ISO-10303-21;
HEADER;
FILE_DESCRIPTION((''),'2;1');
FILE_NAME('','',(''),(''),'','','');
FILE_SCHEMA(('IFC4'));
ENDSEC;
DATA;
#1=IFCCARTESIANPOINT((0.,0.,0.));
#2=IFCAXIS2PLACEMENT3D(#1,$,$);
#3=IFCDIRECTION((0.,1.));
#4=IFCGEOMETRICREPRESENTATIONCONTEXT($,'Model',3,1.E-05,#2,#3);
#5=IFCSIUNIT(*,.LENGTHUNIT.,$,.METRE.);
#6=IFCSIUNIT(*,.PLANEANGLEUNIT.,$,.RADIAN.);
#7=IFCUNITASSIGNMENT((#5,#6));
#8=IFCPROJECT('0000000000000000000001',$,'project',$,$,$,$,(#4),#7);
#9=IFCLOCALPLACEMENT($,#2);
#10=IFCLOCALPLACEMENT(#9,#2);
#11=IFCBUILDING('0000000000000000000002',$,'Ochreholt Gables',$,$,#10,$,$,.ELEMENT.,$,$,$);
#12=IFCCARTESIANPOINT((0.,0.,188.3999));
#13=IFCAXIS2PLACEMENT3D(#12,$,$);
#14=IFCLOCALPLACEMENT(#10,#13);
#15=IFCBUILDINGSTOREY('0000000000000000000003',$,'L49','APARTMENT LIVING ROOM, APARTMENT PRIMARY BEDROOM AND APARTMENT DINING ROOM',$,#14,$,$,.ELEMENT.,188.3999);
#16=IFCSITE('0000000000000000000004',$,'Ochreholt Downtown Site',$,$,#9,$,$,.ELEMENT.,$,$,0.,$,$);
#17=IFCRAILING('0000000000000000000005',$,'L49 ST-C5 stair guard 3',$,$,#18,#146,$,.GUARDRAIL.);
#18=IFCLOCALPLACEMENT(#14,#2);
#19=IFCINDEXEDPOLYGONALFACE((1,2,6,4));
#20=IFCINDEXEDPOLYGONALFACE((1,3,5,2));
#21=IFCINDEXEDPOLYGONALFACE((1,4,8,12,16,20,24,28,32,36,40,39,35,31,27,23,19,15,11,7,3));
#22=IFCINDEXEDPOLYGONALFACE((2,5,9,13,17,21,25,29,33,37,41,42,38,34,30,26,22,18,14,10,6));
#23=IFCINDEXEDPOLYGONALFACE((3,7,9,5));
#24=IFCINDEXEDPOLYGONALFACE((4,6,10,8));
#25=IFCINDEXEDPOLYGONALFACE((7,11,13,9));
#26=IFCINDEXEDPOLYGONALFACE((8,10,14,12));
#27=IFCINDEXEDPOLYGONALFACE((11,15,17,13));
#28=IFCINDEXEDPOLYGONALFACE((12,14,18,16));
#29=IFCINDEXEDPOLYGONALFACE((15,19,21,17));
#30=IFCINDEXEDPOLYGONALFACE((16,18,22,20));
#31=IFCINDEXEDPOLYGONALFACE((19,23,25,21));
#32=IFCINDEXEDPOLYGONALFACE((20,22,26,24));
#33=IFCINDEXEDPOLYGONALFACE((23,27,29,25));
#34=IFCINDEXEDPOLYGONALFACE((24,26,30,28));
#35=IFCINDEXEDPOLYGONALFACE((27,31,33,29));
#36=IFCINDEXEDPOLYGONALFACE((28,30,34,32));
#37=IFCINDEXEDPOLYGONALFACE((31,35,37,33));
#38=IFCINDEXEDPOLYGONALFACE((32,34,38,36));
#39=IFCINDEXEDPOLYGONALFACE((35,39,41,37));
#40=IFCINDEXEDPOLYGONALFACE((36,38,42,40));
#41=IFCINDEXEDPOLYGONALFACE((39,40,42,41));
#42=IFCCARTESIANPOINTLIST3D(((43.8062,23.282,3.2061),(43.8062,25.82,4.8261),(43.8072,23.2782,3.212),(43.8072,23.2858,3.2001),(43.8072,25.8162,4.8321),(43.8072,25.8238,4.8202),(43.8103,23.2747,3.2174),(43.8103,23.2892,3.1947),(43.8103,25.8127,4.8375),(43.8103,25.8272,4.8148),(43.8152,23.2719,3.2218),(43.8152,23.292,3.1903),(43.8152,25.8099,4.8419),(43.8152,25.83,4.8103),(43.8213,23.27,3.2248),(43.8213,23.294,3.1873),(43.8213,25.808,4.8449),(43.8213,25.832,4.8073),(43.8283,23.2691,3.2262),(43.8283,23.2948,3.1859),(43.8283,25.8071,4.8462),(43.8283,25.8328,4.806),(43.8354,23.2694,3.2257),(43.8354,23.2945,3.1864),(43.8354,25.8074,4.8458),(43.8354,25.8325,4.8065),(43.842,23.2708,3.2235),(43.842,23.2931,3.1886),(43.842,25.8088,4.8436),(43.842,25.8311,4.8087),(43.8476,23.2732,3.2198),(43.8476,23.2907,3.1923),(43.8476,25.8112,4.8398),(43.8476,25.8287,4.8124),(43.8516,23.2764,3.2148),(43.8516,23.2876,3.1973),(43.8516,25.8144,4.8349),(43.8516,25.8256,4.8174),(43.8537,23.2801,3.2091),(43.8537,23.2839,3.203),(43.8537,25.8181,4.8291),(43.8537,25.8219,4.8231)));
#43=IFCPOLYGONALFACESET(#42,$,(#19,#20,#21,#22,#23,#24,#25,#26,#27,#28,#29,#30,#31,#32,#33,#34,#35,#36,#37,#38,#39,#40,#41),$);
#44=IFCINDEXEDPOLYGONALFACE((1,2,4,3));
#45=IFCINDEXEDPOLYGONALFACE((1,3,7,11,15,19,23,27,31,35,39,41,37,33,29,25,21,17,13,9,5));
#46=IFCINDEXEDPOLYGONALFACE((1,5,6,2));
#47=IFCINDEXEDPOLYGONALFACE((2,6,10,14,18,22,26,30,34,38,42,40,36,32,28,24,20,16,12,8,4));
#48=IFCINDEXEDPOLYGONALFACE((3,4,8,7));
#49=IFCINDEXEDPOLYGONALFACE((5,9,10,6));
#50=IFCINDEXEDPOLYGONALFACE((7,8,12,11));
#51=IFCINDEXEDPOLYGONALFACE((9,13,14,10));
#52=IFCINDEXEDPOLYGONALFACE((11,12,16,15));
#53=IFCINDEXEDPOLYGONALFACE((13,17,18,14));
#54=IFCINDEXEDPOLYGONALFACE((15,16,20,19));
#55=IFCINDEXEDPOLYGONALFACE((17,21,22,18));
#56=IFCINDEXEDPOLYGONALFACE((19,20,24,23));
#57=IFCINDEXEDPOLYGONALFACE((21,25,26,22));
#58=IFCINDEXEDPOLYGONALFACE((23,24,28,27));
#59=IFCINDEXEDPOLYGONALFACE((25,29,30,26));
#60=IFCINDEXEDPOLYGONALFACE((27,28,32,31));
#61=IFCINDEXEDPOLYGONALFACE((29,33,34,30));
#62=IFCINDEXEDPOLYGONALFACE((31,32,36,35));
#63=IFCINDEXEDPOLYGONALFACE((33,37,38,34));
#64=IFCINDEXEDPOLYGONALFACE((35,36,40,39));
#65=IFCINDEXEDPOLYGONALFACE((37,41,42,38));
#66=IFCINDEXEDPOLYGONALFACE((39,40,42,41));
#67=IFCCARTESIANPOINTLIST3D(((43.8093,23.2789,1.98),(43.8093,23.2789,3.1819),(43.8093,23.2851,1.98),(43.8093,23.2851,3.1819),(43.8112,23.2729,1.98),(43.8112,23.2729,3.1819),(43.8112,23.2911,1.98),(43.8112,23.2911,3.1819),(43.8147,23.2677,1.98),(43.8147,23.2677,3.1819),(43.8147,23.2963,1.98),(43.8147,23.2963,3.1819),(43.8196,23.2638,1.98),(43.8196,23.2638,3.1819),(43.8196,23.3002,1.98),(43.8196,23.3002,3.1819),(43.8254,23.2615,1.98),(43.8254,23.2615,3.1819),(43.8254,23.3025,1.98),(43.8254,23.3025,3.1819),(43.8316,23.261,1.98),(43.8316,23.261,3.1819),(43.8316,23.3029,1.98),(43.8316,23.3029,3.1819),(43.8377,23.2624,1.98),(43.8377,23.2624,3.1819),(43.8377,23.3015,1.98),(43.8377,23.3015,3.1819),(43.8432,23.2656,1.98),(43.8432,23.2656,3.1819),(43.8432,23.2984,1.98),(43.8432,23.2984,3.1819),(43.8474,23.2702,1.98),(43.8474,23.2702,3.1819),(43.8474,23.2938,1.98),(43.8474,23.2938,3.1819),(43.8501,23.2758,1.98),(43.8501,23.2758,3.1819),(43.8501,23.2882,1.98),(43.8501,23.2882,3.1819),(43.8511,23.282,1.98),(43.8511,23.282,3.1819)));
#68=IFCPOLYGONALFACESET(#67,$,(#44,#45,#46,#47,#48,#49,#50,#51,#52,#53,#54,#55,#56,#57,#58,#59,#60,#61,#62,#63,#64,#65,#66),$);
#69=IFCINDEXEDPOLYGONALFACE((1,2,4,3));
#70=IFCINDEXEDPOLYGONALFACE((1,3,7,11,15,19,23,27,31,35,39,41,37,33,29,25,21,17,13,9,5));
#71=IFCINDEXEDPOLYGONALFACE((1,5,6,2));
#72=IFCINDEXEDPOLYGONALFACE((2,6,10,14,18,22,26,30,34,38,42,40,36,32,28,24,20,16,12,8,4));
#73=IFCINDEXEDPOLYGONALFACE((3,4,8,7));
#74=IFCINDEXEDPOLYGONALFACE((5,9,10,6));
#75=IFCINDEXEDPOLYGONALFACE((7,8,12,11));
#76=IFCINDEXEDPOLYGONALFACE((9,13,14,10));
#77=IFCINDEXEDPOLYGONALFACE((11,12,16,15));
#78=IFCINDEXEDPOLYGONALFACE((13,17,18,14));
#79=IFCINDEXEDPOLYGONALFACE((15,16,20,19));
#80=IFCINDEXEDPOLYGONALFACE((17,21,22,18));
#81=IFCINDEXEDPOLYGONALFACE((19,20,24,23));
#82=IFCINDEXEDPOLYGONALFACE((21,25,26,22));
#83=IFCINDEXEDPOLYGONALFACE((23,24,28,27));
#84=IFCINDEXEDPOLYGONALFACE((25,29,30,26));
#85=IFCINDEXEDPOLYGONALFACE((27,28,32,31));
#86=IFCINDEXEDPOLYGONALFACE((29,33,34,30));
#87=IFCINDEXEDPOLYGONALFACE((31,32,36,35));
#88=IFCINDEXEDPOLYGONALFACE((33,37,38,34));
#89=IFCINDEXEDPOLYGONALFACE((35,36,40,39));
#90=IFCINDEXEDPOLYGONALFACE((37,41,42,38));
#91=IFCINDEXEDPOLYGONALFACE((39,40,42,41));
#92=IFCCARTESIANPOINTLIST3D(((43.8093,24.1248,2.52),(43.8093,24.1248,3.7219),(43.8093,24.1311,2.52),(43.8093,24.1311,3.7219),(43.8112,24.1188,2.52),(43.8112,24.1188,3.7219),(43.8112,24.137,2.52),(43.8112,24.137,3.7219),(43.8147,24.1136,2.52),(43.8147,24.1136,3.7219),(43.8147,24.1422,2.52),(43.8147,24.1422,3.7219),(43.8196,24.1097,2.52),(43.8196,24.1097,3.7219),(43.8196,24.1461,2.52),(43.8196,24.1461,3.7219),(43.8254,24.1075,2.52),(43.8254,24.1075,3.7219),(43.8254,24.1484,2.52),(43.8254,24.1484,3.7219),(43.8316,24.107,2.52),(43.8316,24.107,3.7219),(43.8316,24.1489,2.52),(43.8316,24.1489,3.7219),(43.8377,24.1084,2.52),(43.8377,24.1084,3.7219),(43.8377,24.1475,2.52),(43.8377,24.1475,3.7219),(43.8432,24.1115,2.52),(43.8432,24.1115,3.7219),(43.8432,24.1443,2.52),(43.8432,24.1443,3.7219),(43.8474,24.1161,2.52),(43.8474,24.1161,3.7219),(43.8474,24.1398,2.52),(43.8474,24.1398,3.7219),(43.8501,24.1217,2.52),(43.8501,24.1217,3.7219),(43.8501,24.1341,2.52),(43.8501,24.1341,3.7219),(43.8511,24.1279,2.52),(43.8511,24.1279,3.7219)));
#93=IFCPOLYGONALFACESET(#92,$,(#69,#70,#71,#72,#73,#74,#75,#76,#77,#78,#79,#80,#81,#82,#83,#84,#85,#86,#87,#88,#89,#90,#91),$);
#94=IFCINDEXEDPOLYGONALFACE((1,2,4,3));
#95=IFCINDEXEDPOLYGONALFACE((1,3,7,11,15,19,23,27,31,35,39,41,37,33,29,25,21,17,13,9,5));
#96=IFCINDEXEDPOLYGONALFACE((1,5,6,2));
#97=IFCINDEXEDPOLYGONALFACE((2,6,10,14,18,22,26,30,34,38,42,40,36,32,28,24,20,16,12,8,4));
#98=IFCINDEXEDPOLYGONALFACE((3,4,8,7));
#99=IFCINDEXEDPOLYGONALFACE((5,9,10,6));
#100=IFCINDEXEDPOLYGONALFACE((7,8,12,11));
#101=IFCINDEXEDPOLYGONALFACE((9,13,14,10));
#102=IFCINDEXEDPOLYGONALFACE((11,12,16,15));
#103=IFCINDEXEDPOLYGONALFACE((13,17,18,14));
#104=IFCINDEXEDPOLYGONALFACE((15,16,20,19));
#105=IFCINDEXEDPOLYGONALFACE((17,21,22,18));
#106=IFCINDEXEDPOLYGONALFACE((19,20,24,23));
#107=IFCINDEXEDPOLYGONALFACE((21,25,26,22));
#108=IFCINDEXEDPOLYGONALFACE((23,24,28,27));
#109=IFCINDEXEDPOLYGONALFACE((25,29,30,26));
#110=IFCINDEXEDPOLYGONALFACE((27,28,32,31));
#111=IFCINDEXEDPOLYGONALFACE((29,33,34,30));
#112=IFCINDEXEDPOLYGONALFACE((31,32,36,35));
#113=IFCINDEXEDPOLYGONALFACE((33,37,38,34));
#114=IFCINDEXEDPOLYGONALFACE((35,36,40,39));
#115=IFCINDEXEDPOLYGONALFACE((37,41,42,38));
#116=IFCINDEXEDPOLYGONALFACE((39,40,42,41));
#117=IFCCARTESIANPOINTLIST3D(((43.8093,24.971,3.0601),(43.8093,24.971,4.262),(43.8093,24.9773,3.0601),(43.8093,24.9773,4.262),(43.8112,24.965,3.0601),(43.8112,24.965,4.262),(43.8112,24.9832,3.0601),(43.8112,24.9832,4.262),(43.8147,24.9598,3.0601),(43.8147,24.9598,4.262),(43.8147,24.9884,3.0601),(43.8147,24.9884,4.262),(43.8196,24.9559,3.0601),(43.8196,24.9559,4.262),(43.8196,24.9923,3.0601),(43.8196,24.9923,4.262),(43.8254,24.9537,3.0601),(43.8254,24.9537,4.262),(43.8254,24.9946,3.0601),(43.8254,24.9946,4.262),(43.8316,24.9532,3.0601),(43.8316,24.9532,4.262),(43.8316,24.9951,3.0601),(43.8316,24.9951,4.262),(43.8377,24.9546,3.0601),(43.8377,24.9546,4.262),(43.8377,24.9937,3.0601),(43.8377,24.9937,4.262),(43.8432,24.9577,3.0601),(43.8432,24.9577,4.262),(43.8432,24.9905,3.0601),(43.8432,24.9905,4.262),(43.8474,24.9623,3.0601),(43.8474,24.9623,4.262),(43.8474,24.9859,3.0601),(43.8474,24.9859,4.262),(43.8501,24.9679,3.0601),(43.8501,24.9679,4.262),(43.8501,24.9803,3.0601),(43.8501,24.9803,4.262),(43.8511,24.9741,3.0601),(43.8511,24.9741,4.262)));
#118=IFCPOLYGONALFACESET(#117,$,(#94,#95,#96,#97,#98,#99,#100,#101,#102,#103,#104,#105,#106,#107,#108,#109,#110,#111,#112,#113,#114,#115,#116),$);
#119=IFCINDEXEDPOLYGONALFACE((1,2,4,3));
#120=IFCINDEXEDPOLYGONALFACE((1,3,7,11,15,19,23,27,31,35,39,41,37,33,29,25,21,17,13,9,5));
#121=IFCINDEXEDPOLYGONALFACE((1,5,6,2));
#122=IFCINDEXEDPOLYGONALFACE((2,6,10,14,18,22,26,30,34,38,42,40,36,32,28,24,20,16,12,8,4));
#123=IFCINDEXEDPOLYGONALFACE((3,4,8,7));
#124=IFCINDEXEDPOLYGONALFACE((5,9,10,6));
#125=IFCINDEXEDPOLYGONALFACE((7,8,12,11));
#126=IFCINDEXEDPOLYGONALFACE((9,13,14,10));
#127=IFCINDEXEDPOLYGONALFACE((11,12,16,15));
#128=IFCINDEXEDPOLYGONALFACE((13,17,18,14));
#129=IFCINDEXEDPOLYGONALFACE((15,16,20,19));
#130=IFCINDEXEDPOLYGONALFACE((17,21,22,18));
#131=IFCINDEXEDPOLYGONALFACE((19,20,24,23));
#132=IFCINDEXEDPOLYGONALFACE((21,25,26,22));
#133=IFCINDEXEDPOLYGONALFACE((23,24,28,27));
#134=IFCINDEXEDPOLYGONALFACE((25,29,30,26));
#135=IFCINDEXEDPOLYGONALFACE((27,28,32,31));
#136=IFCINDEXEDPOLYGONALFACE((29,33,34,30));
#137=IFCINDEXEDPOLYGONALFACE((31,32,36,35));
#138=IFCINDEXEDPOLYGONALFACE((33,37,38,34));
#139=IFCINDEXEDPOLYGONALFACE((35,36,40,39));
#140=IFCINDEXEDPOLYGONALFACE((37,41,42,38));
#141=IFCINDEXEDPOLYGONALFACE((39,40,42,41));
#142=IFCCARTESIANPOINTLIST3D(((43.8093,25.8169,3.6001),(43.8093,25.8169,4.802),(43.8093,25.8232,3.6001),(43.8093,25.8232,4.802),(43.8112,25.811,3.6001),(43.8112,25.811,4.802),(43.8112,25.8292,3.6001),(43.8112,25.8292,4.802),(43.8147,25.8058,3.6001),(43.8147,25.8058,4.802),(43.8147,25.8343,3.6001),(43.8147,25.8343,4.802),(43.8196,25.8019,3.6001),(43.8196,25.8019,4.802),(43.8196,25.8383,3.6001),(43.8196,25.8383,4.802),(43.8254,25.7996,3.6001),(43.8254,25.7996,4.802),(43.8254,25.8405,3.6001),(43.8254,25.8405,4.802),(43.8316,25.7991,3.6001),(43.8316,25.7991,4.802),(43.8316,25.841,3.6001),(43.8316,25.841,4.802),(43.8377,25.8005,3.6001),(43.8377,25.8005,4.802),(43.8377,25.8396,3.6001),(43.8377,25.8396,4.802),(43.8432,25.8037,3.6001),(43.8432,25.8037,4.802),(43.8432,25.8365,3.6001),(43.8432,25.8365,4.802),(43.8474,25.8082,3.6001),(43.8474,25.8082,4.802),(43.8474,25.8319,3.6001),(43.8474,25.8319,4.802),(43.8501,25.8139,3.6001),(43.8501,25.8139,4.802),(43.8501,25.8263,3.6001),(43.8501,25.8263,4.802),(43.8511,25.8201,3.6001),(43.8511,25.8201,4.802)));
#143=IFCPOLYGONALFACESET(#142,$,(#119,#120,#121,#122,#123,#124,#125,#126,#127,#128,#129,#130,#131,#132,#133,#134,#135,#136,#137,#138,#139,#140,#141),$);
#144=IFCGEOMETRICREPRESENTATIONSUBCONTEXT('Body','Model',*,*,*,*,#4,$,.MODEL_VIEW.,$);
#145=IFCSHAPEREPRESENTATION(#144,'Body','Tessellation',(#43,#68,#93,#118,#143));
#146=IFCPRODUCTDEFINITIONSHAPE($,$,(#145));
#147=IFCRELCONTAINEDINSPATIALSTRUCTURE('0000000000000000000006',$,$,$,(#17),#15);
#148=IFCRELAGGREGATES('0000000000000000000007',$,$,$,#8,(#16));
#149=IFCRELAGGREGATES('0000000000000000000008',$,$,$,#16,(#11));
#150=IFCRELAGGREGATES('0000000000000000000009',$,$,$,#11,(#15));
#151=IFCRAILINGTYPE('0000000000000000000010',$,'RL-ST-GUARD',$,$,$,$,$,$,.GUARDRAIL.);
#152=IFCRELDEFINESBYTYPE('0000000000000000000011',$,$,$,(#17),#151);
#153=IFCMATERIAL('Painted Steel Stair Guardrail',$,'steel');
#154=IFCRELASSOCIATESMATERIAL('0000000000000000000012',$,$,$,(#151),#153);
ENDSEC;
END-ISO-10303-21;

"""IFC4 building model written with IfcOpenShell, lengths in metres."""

from ifc_helpers import new_model, si_unit, direction, frame, origin, origin_2d, place, context, subcontext, project, spatial, circle, extrude, material, type_object, element, save


model = new_model("IFC4")

# Units and contexts
model_context = context("Model", 3, precision=1e-05, world=origin(), true_north=direction((0.0, 1.0)))
body_context = subcontext(model_context, "Body", "Model", "MODEL_VIEW")
ifc_project = project(units=[si_unit("LENGTHUNIT", "METRE"), si_unit("PLANEANGLEUNIT", "RADIAN")], contexts=[model_context])

# Site, building, storey
site_placement = place(None, origin())
site = spatial("IfcSite", under=ifc_project, at=site_placement, Name="Ochreholt Downtown Site", CompositionType="ELEMENT", RefElevation=0.0)
building_placement = place(site_placement, origin())
building = spatial("IfcBuilding", under=site, at=building_placement, Name="Ochreholt Gables", CompositionType="ELEMENT")
storey_placement = place(building_placement, frame((0.0, 0.0, 188.3999)))
storey = spatial("IfcBuildingStorey", under=building, at=storey_placement, Name="L49", Description="APARTMENT LIVING ROOM, APARTMENT PRIMARY BEDROOM AND APARTMENT DINING ROOM", CompositionType="ELEMENT", Elevation=188.3999)

# Railing
ifc_material_1 = material(Name="Painted Steel Stair Guardrail", Category="steel")
railing_type_1 = type_object("IfcRailingType", Name="RL-ST-GUARD", PredefinedType="GUARDRAIL", material=ifc_material_1)
railing_1_placement = place(storey_placement, frame((43.8301, 23.282, 1.98)))
element("IfcRailing", 1, at=railing_1_placement, inside=storey, type_object=railing_type_1, Name="L49 ST-C5 stair guard 3", PredefinedType="GUARDRAIL", context=body_context, shape_type="SweptSolid", body=[
    extrude(circle(Radius=0.0239, at=origin_2d()), frame((0.0, 0.0, 1.2261), z_axis=(0.0, 0.842913, 0.53805), x_axis=(-1.0, 0.0, 0.0)), (0.0, 0.0, 1.0), 3.011),
    extrude(circle(Radius=0.021, at=origin_2d()), origin(), (0.0, 0.0, 1.0), 1.2019),
    extrude(circle(Radius=0.021, at=origin_2d()), frame((0.0, 0.8459, 0.54)), (0.0, 0.0, 1.0), 1.2019),
    extrude(circle(Radius=0.021, at=origin_2d()), frame((0.0, 1.6921, 1.0801)), (0.0, 0.0, 1.0), 1.2019),
    extrude(circle(Radius=0.021, at=origin_2d()), frame((0.0, 2.5381, 1.6201)), (0.0, 0.0, 1.0), 1.2019),
])

save(model, "model.ifc")
